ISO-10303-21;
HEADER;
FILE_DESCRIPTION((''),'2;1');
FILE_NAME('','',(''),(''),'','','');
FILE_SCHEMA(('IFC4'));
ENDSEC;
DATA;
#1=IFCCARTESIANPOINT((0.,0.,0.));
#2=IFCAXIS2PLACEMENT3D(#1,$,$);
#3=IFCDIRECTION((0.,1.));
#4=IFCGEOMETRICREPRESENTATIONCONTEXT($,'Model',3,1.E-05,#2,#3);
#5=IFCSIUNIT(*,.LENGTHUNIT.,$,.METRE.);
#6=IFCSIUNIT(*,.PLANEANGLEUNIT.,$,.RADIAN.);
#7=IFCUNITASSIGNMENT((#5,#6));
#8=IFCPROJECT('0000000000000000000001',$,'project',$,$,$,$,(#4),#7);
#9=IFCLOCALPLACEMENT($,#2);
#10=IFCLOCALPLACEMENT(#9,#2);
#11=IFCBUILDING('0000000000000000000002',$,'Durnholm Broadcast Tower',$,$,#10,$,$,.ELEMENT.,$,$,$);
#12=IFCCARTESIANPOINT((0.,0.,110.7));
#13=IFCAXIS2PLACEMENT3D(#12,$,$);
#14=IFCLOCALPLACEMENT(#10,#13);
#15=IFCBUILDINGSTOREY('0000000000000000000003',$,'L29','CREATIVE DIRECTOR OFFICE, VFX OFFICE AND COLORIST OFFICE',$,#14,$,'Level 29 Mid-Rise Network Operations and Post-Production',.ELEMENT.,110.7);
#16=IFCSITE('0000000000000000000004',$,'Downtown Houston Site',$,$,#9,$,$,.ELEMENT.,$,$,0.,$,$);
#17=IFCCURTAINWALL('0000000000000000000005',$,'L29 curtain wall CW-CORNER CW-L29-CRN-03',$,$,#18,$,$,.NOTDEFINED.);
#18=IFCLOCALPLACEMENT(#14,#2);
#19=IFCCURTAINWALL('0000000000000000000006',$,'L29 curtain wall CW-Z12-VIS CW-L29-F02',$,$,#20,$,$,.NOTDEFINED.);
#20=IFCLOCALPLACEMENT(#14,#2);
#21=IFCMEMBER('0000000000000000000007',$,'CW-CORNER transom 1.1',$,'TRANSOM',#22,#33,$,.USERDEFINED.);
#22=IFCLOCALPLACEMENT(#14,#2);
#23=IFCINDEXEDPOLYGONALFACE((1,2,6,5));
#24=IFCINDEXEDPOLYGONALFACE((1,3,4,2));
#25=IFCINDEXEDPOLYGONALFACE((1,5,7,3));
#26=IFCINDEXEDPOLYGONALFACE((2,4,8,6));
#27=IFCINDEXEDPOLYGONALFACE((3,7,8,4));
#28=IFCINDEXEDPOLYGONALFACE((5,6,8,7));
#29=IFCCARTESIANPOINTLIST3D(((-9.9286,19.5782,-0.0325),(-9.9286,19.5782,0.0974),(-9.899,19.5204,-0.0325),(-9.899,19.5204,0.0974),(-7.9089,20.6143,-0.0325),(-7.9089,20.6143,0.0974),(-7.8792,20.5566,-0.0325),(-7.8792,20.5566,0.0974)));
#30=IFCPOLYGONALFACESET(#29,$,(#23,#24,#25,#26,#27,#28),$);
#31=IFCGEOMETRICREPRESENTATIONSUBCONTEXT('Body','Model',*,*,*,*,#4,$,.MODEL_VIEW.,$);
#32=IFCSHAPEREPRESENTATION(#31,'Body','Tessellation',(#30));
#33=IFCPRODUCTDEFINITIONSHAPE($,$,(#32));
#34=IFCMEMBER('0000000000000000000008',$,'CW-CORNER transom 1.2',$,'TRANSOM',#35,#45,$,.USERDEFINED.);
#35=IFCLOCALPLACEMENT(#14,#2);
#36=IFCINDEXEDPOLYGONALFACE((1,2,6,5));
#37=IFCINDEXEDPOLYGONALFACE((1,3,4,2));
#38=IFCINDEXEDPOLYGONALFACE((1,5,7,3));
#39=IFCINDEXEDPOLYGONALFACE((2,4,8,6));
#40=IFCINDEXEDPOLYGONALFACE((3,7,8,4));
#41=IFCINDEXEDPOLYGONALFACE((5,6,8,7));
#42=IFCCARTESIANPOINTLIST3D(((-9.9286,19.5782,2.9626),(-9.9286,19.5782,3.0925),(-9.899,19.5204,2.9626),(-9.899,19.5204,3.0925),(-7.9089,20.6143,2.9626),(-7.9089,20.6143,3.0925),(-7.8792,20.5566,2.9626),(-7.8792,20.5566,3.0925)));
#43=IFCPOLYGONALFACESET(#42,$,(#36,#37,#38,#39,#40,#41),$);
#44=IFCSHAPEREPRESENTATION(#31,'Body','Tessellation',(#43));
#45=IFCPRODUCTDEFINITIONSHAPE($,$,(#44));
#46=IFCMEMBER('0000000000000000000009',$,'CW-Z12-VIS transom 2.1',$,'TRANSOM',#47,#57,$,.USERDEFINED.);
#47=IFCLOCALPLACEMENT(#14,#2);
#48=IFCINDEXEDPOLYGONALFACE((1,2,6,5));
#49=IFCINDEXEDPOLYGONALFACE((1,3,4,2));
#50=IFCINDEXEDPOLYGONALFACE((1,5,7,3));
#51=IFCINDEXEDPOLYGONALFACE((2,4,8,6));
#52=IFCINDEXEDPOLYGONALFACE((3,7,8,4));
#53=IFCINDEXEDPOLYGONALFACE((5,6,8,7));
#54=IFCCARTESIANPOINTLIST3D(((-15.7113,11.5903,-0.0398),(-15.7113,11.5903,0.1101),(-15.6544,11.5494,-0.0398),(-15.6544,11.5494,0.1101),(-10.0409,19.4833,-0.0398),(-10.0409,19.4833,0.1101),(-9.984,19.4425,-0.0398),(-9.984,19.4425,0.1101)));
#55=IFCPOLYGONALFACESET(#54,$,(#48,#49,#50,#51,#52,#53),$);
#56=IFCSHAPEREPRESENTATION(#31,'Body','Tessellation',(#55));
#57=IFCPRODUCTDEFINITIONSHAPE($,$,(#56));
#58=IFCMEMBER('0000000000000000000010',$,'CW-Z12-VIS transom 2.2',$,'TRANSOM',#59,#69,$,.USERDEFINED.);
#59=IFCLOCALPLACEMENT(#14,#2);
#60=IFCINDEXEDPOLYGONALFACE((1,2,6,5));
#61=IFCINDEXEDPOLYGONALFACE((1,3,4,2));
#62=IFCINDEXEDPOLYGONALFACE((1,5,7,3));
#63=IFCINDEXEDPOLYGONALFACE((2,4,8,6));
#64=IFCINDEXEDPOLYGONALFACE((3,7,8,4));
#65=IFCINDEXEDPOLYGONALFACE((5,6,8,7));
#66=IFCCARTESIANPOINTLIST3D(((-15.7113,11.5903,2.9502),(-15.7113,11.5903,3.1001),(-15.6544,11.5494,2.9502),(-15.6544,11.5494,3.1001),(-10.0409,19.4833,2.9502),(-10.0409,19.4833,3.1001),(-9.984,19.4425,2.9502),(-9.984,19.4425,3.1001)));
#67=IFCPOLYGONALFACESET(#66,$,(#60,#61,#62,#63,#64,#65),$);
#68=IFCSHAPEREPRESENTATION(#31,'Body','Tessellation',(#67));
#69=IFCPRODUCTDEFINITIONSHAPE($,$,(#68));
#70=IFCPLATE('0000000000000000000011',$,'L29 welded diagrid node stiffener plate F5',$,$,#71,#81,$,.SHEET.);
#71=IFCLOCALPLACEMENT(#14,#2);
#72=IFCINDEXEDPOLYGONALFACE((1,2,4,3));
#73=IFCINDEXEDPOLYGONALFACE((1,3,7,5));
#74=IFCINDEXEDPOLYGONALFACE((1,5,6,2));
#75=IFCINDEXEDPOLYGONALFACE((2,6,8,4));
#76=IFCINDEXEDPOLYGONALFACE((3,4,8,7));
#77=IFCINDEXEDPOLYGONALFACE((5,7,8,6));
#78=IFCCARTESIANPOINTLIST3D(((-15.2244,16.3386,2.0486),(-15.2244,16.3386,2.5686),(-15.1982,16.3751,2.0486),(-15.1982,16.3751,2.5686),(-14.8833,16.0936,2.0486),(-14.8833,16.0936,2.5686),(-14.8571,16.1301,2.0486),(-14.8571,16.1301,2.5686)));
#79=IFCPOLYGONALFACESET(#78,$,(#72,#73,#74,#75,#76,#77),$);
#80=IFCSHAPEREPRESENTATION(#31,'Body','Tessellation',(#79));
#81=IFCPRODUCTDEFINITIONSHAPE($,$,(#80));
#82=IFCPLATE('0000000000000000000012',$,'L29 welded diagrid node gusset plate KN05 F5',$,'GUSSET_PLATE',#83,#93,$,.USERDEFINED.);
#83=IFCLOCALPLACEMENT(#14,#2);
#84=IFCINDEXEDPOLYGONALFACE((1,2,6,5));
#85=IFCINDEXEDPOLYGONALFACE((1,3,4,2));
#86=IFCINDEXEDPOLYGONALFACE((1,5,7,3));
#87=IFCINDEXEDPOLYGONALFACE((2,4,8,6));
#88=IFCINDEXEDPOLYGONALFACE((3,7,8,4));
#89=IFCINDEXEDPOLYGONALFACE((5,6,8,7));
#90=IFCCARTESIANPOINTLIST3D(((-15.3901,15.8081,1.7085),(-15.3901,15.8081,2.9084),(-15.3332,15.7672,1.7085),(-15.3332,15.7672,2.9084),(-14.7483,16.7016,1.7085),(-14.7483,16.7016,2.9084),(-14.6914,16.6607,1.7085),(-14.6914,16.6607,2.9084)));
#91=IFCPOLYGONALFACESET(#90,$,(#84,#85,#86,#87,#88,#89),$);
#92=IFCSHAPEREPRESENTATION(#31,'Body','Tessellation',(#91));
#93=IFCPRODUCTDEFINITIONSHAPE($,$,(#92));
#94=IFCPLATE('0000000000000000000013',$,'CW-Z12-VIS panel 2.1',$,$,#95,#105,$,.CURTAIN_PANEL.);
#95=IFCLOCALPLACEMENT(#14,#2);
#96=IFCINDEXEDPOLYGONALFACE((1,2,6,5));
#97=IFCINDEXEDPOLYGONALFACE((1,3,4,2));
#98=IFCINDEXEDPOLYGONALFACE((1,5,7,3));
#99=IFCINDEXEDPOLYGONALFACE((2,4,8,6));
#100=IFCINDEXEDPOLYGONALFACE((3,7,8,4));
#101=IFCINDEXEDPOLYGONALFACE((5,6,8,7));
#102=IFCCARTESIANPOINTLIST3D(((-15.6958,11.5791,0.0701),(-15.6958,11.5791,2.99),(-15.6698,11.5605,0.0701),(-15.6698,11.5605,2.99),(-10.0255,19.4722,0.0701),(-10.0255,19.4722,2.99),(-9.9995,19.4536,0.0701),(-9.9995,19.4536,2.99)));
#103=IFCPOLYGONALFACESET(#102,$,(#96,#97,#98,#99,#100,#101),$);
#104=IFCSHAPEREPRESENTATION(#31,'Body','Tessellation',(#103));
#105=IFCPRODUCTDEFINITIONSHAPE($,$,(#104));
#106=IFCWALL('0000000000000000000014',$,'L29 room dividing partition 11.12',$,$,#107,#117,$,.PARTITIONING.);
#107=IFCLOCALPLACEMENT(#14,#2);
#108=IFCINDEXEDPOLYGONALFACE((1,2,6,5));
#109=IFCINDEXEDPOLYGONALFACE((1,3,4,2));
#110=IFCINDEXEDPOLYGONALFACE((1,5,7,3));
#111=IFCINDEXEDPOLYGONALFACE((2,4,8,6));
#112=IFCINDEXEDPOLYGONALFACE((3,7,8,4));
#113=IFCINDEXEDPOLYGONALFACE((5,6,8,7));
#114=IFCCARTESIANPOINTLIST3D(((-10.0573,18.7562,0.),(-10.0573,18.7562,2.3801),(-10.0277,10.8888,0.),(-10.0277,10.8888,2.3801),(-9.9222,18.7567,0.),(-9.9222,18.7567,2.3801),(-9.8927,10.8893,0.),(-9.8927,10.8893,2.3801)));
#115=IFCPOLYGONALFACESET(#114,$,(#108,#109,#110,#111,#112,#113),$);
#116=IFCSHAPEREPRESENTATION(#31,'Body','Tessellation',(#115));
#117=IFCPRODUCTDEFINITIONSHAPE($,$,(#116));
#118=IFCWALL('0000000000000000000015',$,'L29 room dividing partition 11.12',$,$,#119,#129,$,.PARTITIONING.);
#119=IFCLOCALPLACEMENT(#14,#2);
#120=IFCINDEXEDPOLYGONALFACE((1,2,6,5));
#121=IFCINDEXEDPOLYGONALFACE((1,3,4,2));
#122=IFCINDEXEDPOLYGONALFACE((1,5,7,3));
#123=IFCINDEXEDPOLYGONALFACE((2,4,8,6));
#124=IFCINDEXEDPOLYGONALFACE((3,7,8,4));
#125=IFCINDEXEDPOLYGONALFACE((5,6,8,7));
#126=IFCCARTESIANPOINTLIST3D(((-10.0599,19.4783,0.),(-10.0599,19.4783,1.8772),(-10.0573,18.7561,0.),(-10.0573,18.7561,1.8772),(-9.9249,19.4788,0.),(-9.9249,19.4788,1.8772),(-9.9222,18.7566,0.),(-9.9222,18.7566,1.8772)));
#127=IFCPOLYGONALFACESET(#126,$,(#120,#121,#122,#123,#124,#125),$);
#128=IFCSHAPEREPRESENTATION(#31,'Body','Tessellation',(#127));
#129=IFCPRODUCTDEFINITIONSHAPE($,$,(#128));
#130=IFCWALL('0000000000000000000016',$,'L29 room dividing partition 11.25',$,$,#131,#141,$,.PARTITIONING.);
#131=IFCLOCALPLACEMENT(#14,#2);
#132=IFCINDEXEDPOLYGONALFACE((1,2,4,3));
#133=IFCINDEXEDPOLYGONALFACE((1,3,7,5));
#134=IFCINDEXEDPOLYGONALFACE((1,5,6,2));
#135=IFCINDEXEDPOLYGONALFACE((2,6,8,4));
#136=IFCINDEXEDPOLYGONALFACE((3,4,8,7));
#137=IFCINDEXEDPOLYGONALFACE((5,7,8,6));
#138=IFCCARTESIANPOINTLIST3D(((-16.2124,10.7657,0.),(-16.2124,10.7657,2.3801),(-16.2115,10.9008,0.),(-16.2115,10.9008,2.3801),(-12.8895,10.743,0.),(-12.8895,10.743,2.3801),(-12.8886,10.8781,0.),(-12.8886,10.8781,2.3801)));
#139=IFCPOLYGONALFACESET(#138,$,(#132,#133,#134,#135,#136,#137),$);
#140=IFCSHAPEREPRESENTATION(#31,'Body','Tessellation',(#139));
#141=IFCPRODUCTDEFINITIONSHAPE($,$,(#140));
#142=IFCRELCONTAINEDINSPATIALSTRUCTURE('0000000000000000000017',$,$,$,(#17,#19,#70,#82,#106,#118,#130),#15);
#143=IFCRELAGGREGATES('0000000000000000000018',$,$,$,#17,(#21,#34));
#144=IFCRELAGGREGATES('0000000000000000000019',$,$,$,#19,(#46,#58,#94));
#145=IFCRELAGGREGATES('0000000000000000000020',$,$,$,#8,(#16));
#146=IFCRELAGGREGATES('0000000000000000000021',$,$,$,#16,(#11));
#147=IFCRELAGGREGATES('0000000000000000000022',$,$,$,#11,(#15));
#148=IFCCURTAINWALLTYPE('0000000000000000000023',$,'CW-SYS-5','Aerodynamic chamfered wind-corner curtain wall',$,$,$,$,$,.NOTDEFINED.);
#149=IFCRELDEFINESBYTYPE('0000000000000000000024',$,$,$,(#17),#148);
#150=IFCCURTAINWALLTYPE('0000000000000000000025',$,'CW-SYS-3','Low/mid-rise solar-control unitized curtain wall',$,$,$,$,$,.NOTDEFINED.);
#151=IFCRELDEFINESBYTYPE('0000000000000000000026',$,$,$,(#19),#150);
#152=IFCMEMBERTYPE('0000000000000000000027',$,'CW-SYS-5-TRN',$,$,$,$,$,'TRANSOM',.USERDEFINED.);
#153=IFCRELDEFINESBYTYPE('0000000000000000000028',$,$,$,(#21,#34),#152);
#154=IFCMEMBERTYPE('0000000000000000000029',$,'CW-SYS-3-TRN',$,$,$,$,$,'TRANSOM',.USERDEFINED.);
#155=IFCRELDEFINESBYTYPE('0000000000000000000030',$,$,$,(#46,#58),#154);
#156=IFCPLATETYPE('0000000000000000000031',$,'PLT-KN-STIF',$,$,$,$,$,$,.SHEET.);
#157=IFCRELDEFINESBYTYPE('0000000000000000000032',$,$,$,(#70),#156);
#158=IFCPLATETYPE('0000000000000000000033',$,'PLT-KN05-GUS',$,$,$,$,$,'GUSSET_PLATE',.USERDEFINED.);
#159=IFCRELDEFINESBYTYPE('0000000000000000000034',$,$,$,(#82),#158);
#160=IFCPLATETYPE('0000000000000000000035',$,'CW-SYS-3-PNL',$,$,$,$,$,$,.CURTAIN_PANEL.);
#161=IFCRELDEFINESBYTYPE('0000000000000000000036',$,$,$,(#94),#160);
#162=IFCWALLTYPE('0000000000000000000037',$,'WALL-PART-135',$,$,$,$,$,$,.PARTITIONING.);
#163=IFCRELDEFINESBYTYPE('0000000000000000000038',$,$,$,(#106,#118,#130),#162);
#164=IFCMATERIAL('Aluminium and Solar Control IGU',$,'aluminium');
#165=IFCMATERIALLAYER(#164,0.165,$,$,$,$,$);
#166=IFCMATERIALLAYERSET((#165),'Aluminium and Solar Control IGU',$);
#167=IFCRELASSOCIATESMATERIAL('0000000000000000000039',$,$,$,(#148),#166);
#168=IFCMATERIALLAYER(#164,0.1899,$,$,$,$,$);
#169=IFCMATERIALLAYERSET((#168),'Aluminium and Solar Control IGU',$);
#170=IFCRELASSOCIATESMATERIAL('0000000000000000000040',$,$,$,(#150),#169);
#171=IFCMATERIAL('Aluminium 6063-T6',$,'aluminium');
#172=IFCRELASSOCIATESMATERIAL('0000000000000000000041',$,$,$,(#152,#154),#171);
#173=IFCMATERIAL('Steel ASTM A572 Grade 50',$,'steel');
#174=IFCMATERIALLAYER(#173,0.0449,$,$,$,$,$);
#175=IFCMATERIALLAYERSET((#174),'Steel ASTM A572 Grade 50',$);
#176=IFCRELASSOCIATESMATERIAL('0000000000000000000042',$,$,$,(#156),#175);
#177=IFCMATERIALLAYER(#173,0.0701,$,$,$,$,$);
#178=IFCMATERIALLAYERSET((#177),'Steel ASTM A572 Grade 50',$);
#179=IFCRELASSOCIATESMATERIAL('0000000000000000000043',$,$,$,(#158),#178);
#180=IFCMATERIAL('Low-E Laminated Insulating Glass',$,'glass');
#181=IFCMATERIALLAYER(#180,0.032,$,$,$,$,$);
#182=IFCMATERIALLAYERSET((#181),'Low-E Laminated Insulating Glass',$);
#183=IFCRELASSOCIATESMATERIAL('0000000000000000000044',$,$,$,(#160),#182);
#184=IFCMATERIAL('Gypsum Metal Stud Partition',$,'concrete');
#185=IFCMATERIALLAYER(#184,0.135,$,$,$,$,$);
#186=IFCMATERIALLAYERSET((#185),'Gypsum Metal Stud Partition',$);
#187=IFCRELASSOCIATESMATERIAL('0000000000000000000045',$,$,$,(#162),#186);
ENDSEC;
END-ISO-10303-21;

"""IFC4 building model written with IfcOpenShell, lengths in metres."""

from ifc_helpers import new_model, si_unit, direction, frame, frame_2d, origin, origin_2d, place, context, subcontext, project, spatial, rectangle, extrude, source, transform, mapped, material, layer, layer_set, material_profile, profile_set, type_object, type_shapes, element, aggregate, save


model = new_model("IFC4")

# Units and contexts
model_context = context("Model", 3, precision=1e-05, world=origin(), true_north=direction((0.0, 1.0)))
body_context = subcontext(model_context, "Body", "Model", "MODEL_VIEW")
ifc_project = project(units=[si_unit("LENGTHUNIT", "METRE"), si_unit("PLANEANGLEUNIT", "RADIAN")], contexts=[model_context])

# Site, building, storey
site_placement = place(None, origin())
site = spatial("IfcSite", under=ifc_project, at=site_placement, Name="Downtown Houston Site", CompositionType="ELEMENT", RefElevation=0.0)
building_placement = place(site_placement, origin())
building = spatial("IfcBuilding", under=site, at=building_placement, Name="Durnholm Broadcast Tower", CompositionType="ELEMENT")
storey_placement = place(building_placement, frame((0.0, 0.0, 110.7)))
storey = spatial("IfcBuildingStorey", under=building, at=storey_placement, Name="L29", Description="CREATIVE DIRECTOR OFFICE, VFX OFFICE AND COLORIST OFFICE", LongName="Level 29 Mid-Rise Network Operations and Post-Production", CompositionType="ELEMENT", Elevation=110.7)

# Curtain wall
ifc_material_1 = material(Name="Aluminium and Solar Control IGU", Category="aluminium")
ifc_layer_1 = layer(ifc_material_1, 0.165)
ifc_layer_set_1 = layer_set([ifc_layer_1], Name="Aluminium and Solar Control IGU")
curtain_wall_type_1 = type_object("IfcCurtainWallType", Name="CW-SYS-5", Description="Aerodynamic chamfered wind-corner curtain wall", PredefinedType="NOTDEFINED", material=ifc_layer_set_1)
curtain_wall_1_placement = place(storey_placement, origin())
curtain_wall_1 = element("IfcCurtainWall", 1, at=curtain_wall_1_placement, inside=storey, type_object=curtain_wall_type_1, Name="L29 curtain wall CW-CORNER CW-L29-CRN-03", PredefinedType="NOTDEFINED")
ifc_material_2 = material(Name="Aluminium 6063-T6", Category="aluminium")

# Curtain wall
ifc_layer_2 = layer(ifc_material_1, 0.1899)
ifc_layer_set_2 = layer_set([ifc_layer_2], Name="Aluminium and Solar Control IGU")
curtain_wall_type_2 = type_object("IfcCurtainWallType", Name="CW-SYS-3", Description="Low/mid-rise solar-control unitized curtain wall", PredefinedType="NOTDEFINED", material=ifc_layer_set_2)
curtain_wall_2_placement = place(storey_placement, origin())
curtain_wall_2 = element("IfcCurtainWall", 2, at=curtain_wall_2_placement, inside=storey, type_object=curtain_wall_type_2, Name="L29 curtain wall CW-Z12-VIS CW-L29-F02", PredefinedType="NOTDEFINED")

# Members
ifc_material_profile_1 = material_profile(ifc_material_2, rectangle(XDim=0.0649, YDim=0.1299, at=origin_2d()), Name="CWT65X130")
ifc_profile_set_1 = profile_set([ifc_material_profile_1], Name="Aluminium 6063-T6")
member_type_1 = type_object("IfcMemberType", Name="CW-SYS-5-TRN", ElementType="TRANSOM", PredefinedType="USERDEFINED", material=ifc_profile_set_1)
shared_shape_1 = source(origin(), body_context, "Body", "SweptSolid", [
    extrude(rectangle(XDim=0.0649, YDim=0.1299, at=origin_2d()), origin(), (0.0, 0.0, 1.0), 2.27),
])
type_shapes(member_type_1, [shared_shape_1])
member_1_placement = place(storey_placement, frame((-9.9138, 19.5493, 0.0325), z_axis=(0.889755, 0.456439, 0.0), x_axis=(-0.456439, 0.889755, 0.0)))
member_1 = element("IfcMember", 3, at=member_1_placement, type_object=member_type_1, Name="CW-CORNER transom 1.1", ObjectType="TRANSOM", PredefinedType="USERDEFINED", context=body_context, shape_type="MappedRepresentation", body=[
    mapped(shared_shape_1, transform((0.0, 0.0, 0.0), x_axis=(1.0, 0.0, 0.0), y_axis=(0.0, 1.0, 0.0), z_axis=(0.0, 0.0, 1.0), scale=1.0)),
])
member_2_placement = place(storey_placement, frame((-9.9138, 19.5493, 3.0276), z_axis=(0.889755, 0.456439, 0.0), x_axis=(-0.456439, 0.889755, 0.0)))
member_2 = element("IfcMember", 4, at=member_2_placement, type_object=member_type_1, Name="CW-CORNER transom 1.2", ObjectType="TRANSOM", PredefinedType="USERDEFINED", context=body_context, shape_type="MappedRepresentation", body=[
    mapped(shared_shape_1, transform((0.0, 0.0, 0.0), x_axis=(1.0, 0.0, 0.0), y_axis=(0.0, 1.0, 0.0), z_axis=(0.0, 0.0, 1.0), scale=1.0)),
])
aggregate(curtain_wall_1, [member_1, member_2])
ifc_material_profile_2 = material_profile(ifc_material_2, rectangle(XDim=0.0701, YDim=0.1499, at=origin_2d()), Name="CWT70X150")
ifc_profile_set_2 = profile_set([ifc_material_profile_2], Name="Aluminium 6063-T6")
member_type_2 = type_object("IfcMemberType", Name="CW-SYS-3-TRN", ElementType="TRANSOM", PredefinedType="USERDEFINED", material=ifc_profile_set_2)
shared_shape_2 = source(origin(), body_context, "Body", "SweptSolid", [
    extrude(rectangle(XDim=0.0701, YDim=0.1499, at=origin_2d()), origin(), (0.0, 0.0, 1.0), 9.7188),
])
type_shapes(member_type_2, [shared_shape_2])
member_3_placement = place(storey_placement, frame((-15.6829, 11.5698, 0.0352), z_axis=(0.583451, 0.812149, 0.0), x_axis=(-0.812149, 0.583451, 0.0)))
member_3 = element("IfcMember", 5, at=member_3_placement, type_object=member_type_2, Name="CW-Z12-VIS transom 2.1", ObjectType="TRANSOM", PredefinedType="USERDEFINED", context=body_context, shape_type="MappedRepresentation", body=[
    mapped(shared_shape_2, transform((0.0, 0.0, 0.0), x_axis=(1.0, 0.0, 0.0), y_axis=(0.0, 1.0, 0.0), z_axis=(0.0, 0.0, 1.0), scale=1.0)),
])
member_4_placement = place(storey_placement, frame((-15.6829, 11.5698, 3.0251), z_axis=(0.583451, 0.812149, 0.0), x_axis=(-0.812149, 0.583451, 0.0)))
member_4 = element("IfcMember", 6, at=member_4_placement, type_object=member_type_2, Name="CW-Z12-VIS transom 2.2", ObjectType="TRANSOM", PredefinedType="USERDEFINED", context=body_context, shape_type="MappedRepresentation", body=[
    mapped(shared_shape_2, transform((0.0, 0.0, 0.0), x_axis=(1.0, 0.0, 0.0), y_axis=(0.0, 1.0, 0.0), z_axis=(0.0, 0.0, 1.0), scale=1.0)),
])

# Plates
ifc_material_3 = material(Name="Steel ASTM A572 Grade 50", Category="steel")
ifc_layer_3 = layer(ifc_material_3, 0.0449)
ifc_layer_set_3 = layer_set([ifc_layer_3], Name="Steel ASTM A572 Grade 50")
plate_type_1 = type_object("IfcPlateType", Name="PLT-KN-STIF", PredefinedType="SHEET", material=ifc_layer_set_3)
shared_shape_3 = source(origin(), body_context, "Body", "SweptSolid", [
    extrude(rectangle(XDim=0.0449, YDim=0.4199, at=origin_2d()), origin(), (0.0, 0.0, 1.0), 0.52),
])
type_shapes(plate_type_1, [shared_shape_3])
plate_1_placement = place(storey_placement, frame((-15.0408, 16.2344, 2.0486), z_axis=(0.0, 0.0, 1.0), x_axis=(-0.583399, -0.812185, 0.0)))
element("IfcPlate", 7, at=plate_1_placement, inside=storey, type_object=plate_type_1, Name="L29 welded diagrid node stiffener plate F5", PredefinedType="SHEET", context=body_context, shape_type="MappedRepresentation", body=[
    mapped(shared_shape_3, transform((0.0, 0.0, 0.0), x_axis=(1.0, 0.0, 0.0), y_axis=(0.0, 1.0, 0.0), z_axis=(0.0, 0.0, 1.0), scale=1.0)),
])
ifc_layer_4 = layer(ifc_material_3, 0.0701)
ifc_layer_set_4 = layer_set([ifc_layer_4], Name="Steel ASTM A572 Grade 50")
plate_type_2 = type_object("IfcPlateType", Name="PLT-KN05-GUS", ElementType="GUSSET_PLATE", PredefinedType="USERDEFINED", material=ifc_layer_set_4)
shared_shape_4 = source(origin(), body_context, "Body", "SweptSolid", [
    extrude(rectangle(XDim=1.1001, YDim=0.0701, at=origin_2d()), origin(), (0.0, 0.0, 1.0), 1.2),
])
type_shapes(plate_type_2, [shared_shape_4])
plate_2_placement = place(storey_placement, frame((-15.0408, 16.2344, 1.7085), z_axis=(0.0, 0.0, 1.0), x_axis=(-0.583399, -0.812185, 0.0)))
element("IfcPlate", 8, at=plate_2_placement, inside=storey, type_object=plate_type_2, Name="L29 welded diagrid node gusset plate KN05 F5", ObjectType="GUSSET_PLATE", PredefinedType="USERDEFINED", context=body_context, shape_type="MappedRepresentation", body=[
    mapped(shared_shape_4, transform((0.0, 0.0, 0.0), x_axis=(1.0, 0.0, 0.0), y_axis=(0.0, 1.0, 0.0), z_axis=(0.0, 0.0, 1.0), scale=1.0)),
])

# Plate
ifc_material_4 = material(Name="Low-E Laminated Insulating Glass", Category="glass")
ifc_layer_5 = layer(ifc_material_4, 0.032)
ifc_layer_set_5 = layer_set([ifc_layer_5], Name="Low-E Laminated Insulating Glass")
plate_type_3 = type_object("IfcPlateType", Name="CW-SYS-3-PNL", PredefinedType="CURTAIN_PANEL", material=ifc_layer_set_5)
shared_shape_5 = source(origin(), body_context, "Body", "SweptSolid", [
    extrude(rectangle(XDim=9.7188, YDim=0.032, at=origin_2d()), origin(), (0.0, 0.0, 1.0), 2.9199),
])
type_shapes(plate_type_3, [shared_shape_5])
plate_3_placement = place(storey_placement, frame((-12.8477, 15.5164, 0.0701), z_axis=(0.0, 0.0, 1.0), x_axis=(0.583445, 0.812152, 0.0)))
plate_3 = element("IfcPlate", 9, at=plate_3_placement, type_object=plate_type_3, Name="CW-Z12-VIS panel 2.1", PredefinedType="CURTAIN_PANEL", context=body_context, shape_type="MappedRepresentation", body=[
    mapped(shared_shape_5, transform((0.0, 0.0, 0.0), x_axis=(1.0, 0.0, 0.0), y_axis=(0.0, 1.0, 0.0), z_axis=(0.0, 0.0, 1.0), scale=1.0)),
])
aggregate(curtain_wall_2, [member_3, member_4, plate_3])

# Walls
ifc_material_5 = material(Name="Gypsum Metal Stud Partition", Category="concrete")
ifc_layer_6 = layer(ifc_material_5, 0.135)
ifc_layer_set_6 = layer_set([ifc_layer_6], Name="Gypsum Metal Stud Partition")
wall_type_1 = type_object("IfcWallType", Name="WALL-PART-135", PredefinedType="PARTITIONING", material=ifc_layer_set_6)
wall_1_placement = place(storey_placement, frame((-9.9897, 18.7563, 0.0), z_axis=(0.0, 0.0, 1.0), x_axis=(0.003755, -0.999993, 0.0)))
element("IfcWall", 10, at=wall_1_placement, inside=storey, type_object=wall_type_1, Name="L29 room dividing partition 11.12", PredefinedType="PARTITIONING", context=body_context, shape_type="SweptSolid", body=[
    extrude(rectangle(XDim=7.8674, YDim=0.135, at=frame_2d((3.9336, 0.0))), origin(), (0.0, 0.0, 1.0), 2.3801),
])
wall_2_placement = place(storey_placement, frame((-9.9924, 19.4785, 0.0), z_axis=(0.0, 0.0, 1.0), x_axis=(0.003719, -0.999993, 0.0)))
element("IfcWall", 11, at=wall_2_placement, inside=storey, type_object=wall_type_1, Name="L29 room dividing partition 11.12", PredefinedType="PARTITIONING", context=body_context, shape_type="SweptSolid", body=[
    extrude(rectangle(XDim=0.7222, YDim=0.135, at=frame_2d((0.3611, 0.0))), origin(), (0.0, 0.0, 1.0), 1.8772),
])
wall_3_placement = place(storey_placement, frame((-12.8889, 10.8105, 0.0), z_axis=(0.0, 0.0, 1.0), x_axis=(-0.999977, 0.006833, 0.0)))
element("IfcWall", 12, at=wall_3_placement, inside=storey, type_object=wall_type_1, Name="L29 room dividing partition 11.25", PredefinedType="PARTITIONING", context=body_context, shape_type="SweptSolid", body=[
    extrude(rectangle(XDim=3.323, YDim=0.135, at=frame_2d((1.6616, 0.0))), origin(), (0.0, 0.0, 1.0), 2.3801),
])

save(model, "model.ifc")
